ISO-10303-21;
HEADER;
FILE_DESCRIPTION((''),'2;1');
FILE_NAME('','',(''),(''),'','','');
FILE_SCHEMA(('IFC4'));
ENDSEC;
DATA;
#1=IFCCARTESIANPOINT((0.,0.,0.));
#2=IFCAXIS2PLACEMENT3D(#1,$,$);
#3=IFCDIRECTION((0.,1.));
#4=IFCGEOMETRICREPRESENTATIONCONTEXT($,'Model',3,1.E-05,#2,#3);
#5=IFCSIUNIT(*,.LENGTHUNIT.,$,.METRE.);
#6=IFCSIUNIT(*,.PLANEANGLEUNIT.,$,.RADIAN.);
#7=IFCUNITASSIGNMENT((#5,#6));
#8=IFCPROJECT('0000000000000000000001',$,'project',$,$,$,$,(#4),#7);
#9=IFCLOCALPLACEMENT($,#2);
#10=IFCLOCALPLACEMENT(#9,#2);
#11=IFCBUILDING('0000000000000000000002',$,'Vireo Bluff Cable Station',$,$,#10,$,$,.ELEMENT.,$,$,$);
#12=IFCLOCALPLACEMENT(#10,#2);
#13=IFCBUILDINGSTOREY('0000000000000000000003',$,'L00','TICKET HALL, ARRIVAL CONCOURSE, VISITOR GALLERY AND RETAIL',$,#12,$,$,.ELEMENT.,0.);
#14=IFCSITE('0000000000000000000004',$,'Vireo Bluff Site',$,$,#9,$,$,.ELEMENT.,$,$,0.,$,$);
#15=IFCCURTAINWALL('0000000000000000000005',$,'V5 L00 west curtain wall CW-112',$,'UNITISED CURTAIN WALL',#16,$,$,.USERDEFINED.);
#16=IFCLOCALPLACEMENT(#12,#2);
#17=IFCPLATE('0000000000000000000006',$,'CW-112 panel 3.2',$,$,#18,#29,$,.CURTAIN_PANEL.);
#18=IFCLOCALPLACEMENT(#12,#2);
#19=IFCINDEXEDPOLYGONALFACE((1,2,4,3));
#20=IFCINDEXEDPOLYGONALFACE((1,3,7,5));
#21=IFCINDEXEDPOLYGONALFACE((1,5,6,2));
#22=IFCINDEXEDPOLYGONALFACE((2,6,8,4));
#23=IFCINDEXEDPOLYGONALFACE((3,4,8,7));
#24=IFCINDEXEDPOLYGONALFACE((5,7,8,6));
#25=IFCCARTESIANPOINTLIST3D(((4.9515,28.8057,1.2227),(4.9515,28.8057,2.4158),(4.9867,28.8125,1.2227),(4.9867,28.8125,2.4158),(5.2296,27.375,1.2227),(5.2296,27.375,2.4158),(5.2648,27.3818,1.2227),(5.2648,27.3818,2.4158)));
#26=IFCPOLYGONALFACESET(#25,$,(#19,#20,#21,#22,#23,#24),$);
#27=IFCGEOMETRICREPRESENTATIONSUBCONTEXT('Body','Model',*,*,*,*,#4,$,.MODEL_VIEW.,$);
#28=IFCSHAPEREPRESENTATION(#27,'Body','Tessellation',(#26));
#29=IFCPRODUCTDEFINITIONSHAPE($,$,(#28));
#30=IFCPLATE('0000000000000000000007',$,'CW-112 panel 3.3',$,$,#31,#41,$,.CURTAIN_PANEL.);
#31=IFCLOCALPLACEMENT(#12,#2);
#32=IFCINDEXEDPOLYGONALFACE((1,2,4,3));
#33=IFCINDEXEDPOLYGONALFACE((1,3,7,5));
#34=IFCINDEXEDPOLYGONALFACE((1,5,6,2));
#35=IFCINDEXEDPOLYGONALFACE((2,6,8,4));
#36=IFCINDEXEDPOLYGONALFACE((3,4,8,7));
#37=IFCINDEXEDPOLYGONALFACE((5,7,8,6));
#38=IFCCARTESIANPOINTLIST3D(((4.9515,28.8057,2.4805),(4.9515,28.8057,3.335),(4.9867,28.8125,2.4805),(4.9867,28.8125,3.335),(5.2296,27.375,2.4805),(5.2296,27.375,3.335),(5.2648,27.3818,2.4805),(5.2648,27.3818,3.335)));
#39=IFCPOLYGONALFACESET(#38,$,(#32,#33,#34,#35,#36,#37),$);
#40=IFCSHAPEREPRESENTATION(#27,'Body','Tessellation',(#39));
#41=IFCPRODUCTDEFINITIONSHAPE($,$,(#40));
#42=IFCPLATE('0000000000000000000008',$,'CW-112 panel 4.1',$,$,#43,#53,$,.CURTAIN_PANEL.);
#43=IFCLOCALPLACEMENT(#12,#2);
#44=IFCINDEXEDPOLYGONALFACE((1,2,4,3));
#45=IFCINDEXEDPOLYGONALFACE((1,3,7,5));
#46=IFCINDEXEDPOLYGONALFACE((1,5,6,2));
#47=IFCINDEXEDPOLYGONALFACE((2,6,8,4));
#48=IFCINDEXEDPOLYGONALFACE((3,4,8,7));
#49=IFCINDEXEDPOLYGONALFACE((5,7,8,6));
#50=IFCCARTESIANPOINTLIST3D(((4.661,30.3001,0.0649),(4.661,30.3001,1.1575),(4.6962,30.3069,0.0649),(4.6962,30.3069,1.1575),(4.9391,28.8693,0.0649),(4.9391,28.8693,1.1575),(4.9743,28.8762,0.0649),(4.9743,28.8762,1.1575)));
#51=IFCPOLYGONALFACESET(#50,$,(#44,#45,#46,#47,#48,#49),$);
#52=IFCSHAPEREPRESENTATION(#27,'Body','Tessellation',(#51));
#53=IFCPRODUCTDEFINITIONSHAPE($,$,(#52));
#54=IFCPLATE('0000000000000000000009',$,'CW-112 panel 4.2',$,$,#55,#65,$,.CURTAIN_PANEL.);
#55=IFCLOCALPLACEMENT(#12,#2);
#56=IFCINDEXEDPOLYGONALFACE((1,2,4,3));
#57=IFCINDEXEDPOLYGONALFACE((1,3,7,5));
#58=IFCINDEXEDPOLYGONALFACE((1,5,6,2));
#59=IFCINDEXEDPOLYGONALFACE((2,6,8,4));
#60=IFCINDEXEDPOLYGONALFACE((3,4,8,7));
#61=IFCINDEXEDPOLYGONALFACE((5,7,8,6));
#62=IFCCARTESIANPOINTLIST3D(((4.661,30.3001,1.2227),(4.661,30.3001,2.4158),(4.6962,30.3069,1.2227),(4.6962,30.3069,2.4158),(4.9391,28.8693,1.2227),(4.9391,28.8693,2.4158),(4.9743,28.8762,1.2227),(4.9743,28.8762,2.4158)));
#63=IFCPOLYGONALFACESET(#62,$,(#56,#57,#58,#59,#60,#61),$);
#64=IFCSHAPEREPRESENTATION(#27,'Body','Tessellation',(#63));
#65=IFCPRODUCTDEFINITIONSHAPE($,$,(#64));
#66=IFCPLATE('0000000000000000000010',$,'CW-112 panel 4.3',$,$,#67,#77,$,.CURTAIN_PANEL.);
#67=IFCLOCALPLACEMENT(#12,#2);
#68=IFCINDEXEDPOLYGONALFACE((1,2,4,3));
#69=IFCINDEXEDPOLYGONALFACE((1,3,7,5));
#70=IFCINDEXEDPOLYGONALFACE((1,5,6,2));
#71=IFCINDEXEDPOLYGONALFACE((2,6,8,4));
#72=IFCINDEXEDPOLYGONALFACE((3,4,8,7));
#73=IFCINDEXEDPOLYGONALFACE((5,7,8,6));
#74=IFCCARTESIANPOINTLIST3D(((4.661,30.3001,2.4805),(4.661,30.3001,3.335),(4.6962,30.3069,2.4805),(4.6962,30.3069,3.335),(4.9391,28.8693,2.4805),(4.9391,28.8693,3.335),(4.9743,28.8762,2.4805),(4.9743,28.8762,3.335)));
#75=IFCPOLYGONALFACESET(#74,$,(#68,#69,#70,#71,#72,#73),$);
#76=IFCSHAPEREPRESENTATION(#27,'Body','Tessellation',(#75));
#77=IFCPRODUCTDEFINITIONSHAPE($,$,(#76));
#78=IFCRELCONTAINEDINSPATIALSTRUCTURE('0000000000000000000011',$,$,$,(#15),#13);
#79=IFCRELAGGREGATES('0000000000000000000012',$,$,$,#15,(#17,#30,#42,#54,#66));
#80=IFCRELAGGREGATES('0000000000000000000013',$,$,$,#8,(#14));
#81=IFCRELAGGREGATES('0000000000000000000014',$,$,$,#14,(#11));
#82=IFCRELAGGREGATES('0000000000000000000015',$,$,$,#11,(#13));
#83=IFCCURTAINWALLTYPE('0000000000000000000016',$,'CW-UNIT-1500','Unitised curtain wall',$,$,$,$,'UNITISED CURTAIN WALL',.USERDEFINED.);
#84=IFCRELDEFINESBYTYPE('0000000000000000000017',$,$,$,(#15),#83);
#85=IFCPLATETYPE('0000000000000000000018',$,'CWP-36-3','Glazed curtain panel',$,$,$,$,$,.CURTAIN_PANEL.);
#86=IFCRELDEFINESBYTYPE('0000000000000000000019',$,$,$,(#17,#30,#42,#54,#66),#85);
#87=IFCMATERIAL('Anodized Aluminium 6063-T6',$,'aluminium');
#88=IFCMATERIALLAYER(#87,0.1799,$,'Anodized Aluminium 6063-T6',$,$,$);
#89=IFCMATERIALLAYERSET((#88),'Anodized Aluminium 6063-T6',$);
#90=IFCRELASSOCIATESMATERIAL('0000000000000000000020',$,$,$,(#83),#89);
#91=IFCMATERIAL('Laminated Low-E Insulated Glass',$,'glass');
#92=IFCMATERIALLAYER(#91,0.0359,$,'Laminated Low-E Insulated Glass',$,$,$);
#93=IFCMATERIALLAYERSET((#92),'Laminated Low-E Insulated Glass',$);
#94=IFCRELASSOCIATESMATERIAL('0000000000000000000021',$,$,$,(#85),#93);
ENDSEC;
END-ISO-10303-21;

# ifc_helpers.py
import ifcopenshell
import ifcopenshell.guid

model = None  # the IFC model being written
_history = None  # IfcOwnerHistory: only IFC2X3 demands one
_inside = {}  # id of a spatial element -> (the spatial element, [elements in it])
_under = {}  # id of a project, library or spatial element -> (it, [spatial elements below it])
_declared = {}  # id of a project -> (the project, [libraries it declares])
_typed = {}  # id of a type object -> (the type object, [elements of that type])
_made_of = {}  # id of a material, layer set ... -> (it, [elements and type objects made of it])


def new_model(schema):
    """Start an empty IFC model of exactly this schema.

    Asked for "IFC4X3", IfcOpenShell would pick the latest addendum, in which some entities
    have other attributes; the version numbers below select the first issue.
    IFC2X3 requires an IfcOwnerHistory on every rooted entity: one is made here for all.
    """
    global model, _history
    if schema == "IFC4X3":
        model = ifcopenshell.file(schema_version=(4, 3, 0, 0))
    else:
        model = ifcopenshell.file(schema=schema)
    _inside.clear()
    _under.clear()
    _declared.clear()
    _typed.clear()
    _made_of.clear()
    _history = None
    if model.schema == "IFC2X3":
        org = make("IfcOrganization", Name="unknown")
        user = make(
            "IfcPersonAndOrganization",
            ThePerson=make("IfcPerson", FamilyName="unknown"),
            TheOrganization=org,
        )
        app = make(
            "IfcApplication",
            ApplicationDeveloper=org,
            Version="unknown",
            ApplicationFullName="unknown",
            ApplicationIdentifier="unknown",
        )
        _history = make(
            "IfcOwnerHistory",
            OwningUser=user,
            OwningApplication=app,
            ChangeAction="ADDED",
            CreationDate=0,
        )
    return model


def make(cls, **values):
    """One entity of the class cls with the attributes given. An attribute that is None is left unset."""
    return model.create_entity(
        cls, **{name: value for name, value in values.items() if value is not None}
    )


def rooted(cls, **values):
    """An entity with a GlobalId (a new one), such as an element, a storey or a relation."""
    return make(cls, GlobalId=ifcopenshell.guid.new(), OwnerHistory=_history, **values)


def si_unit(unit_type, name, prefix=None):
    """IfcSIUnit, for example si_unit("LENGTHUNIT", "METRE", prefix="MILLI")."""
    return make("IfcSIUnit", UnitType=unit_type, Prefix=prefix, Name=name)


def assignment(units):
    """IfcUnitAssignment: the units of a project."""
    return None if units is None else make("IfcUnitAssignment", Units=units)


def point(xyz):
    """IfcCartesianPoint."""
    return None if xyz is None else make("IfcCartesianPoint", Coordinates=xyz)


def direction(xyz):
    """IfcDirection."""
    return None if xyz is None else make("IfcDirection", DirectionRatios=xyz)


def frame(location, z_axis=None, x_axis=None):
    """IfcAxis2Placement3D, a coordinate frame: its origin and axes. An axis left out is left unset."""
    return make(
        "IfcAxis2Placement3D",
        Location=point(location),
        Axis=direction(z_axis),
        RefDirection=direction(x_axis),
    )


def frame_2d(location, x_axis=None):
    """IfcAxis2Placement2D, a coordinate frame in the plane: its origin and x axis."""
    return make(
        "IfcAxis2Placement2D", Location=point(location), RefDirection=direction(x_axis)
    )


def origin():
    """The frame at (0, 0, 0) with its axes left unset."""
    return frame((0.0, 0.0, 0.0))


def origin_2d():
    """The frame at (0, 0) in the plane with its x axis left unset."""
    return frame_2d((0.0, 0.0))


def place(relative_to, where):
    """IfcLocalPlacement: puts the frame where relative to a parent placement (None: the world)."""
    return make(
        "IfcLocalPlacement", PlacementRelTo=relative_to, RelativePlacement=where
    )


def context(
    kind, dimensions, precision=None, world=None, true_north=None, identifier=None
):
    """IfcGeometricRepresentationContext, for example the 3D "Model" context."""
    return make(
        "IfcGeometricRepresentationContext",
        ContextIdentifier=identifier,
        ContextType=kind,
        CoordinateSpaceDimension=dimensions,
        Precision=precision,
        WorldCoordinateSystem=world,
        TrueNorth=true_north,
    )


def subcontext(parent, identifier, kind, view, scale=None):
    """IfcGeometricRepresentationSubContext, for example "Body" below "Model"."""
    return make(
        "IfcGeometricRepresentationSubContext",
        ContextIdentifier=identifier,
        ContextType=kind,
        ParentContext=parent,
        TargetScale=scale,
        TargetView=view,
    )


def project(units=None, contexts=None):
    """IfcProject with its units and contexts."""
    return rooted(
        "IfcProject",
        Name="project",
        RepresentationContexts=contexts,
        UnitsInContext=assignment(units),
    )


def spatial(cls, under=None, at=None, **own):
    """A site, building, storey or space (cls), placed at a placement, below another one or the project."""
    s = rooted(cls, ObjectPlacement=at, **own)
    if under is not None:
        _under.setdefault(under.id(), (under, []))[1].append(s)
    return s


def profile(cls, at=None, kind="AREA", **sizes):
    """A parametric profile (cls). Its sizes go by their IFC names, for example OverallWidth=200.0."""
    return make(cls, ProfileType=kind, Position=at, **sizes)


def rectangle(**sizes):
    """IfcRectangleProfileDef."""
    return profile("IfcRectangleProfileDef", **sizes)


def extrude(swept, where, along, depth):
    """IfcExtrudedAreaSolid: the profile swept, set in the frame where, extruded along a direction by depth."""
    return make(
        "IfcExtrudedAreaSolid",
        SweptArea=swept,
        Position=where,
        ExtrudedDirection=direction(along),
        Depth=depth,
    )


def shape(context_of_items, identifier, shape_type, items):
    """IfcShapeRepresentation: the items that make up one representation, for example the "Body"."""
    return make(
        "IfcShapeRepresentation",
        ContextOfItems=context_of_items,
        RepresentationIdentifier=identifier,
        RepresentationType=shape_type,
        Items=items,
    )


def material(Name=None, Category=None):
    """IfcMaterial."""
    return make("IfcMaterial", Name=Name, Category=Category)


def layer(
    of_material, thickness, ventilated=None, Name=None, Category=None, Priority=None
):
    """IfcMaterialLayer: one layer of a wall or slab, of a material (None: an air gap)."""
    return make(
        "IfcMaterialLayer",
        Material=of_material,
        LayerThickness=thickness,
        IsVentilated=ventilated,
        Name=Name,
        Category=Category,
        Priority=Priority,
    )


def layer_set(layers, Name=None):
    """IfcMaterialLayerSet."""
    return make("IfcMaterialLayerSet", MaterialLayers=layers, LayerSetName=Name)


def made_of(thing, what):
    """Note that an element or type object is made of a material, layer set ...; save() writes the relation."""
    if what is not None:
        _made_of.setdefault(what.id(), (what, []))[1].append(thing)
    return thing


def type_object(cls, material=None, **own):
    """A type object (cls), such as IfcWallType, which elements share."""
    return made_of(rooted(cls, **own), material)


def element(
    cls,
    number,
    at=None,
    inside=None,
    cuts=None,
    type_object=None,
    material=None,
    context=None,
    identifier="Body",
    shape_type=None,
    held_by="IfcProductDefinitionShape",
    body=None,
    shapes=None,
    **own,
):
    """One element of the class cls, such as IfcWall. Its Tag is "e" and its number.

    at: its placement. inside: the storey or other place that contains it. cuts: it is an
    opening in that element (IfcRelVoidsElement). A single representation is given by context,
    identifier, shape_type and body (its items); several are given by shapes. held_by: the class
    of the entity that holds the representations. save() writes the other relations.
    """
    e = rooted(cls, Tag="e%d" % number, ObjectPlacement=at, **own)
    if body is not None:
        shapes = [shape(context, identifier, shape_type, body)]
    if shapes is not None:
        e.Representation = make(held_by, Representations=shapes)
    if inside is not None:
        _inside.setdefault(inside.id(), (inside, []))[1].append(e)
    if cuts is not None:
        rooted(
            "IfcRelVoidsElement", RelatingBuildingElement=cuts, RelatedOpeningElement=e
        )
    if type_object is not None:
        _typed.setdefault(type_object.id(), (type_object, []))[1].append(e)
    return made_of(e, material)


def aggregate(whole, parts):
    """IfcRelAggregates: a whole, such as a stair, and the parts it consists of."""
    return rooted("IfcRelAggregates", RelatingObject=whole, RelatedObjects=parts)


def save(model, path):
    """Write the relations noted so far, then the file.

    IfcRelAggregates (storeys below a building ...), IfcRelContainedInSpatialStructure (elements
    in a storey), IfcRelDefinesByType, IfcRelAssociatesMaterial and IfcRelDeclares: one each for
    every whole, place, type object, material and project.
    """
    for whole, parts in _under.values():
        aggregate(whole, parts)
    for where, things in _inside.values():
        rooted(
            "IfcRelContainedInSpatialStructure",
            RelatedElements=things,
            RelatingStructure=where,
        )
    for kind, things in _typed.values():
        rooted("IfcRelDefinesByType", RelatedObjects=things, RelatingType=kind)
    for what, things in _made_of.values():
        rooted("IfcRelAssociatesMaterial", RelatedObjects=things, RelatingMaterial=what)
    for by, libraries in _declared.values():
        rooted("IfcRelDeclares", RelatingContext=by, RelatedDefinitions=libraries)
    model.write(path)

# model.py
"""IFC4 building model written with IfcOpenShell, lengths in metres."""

from ifc_helpers import new_model, si_unit, direction, frame, origin, origin_2d, place, context, subcontext, project, spatial, rectangle, extrude, material, layer, layer_set, type_object, element, aggregate, save


model = new_model("IFC4")

# Units and contexts
model_context = context("Model", 3, precision=1e-05, world=origin(), true_north=direction((0.0, 1.0)))
body_context = subcontext(model_context, "Body", "Model", "MODEL_VIEW")
ifc_project = project(units=[si_unit("LENGTHUNIT", "METRE"), si_unit("PLANEANGLEUNIT", "RADIAN")], contexts=[model_context])

# Site, building, storey
site_placement = place(None, origin())
site = spatial("IfcSite", under=ifc_project, at=site_placement, Name="Vireo Bluff Site", CompositionType="ELEMENT", RefElevation=0.0)
building_placement = place(site_placement, origin())
building = spatial("IfcBuilding", under=site, at=building_placement, Name="Vireo Bluff Cable Station", CompositionType="ELEMENT")
storey_placement = place(building_placement, origin())
storey = spatial("IfcBuildingStorey", under=building, at=storey_placement, Name="L00", Description="TICKET HALL, ARRIVAL CONCOURSE, VISITOR GALLERY AND RETAIL", CompositionType="ELEMENT", Elevation=0.0)

# Curtain wall
ifc_material_1 = material(Name="Anodized Aluminium 6063-T6", Category="aluminium")
ifc_layer_1 = layer(ifc_material_1, 0.1799, Name="Anodized Aluminium 6063-T6")
ifc_layer_set_1 = layer_set([ifc_layer_1], Name="Anodized Aluminium 6063-T6")
curtain_wall_type = type_object("IfcCurtainWallType", Name="CW-UNIT-1500", Description="Unitised curtain wall", ElementType="UNITISED CURTAIN WALL", PredefinedType="USERDEFINED", material=ifc_layer_set_1)
curtain_wall_placement = place(storey_placement, origin())
curtain_wall = element("IfcCurtainWall", 1, at=curtain_wall_placement, inside=storey, type_object=curtain_wall_type, Name="V5 L00 west curtain wall CW-112", ObjectType="UNITISED CURTAIN WALL", PredefinedType="USERDEFINED")

# Plates
ifc_material_2 = material(Name="Laminated Low-E Insulated Glass", Category="glass")
ifc_layer_2 = layer(ifc_material_2, 0.0359, Name="Laminated Low-E Insulated Glass")
ifc_layer_set_2 = layer_set([ifc_layer_2], Name="Laminated Low-E Insulated Glass")
plate_type = type_object("IfcPlateType", Name="CWP-36-3", Description="Glazed curtain panel", PredefinedType="CURTAIN_PANEL", material=ifc_layer_set_2)
plate_1_placement = place(storey_placement, frame((5.1082, 28.0938, 1.2227), z_axis=(0.0, 0.0, 1.0), x_axis=(-0.190809, 0.981627, 0.0)))
plate_1 = element("IfcPlate", 2, at=plate_1_placement, type_object=plate_type, Name="CW-112 panel 3.2", PredefinedType="CURTAIN_PANEL", context=body_context, shape_type="SweptSolid", body=[
    extrude(rectangle(XDim=1.4575, YDim=0.0359, at=origin_2d()), origin(), (0.0, 0.0, 1.0), 1.1931),
])
plate_2_placement = place(storey_placement, frame((5.1082, 28.0938, 2.4805), z_axis=(0.0, 0.0, 1.0), x_axis=(-0.190809, 0.981627, 0.0)))
plate_2 = element("IfcPlate", 3, at=plate_2_placement, type_object=plate_type, Name="CW-112 panel 3.3", PredefinedType="CURTAIN_PANEL", context=body_context, shape_type="SweptSolid", body=[
    extrude(rectangle(XDim=1.4575, YDim=0.0359, at=origin_2d()), origin(), (0.0, 0.0, 1.0), 0.8545),
])
plate_3_placement = place(storey_placement, frame((4.8176, 29.5881, 0.0649), z_axis=(0.0, 0.0, 1.0), x_axis=(-0.190809, 0.981627, 0.0)))
plate_3 = element("IfcPlate", 4, at=plate_3_placement, type_object=plate_type, Name="CW-112 panel 4.1", PredefinedType="CURTAIN_PANEL", context=body_context, shape_type="SweptSolid", body=[
    extrude(rectangle(XDim=1.4575, YDim=0.0359, at=origin_2d()), origin(), (0.0, 0.0, 1.0), 1.0925),
])
plate_4_placement = place(storey_placement, frame((4.8176, 29.5881, 1.2227), z_axis=(0.0, 0.0, 1.0), x_axis=(-0.190809, 0.981627, 0.0)))
plate_4 = element("IfcPlate", 5, at=plate_4_placement, type_object=plate_type, Name="CW-112 panel 4.2", PredefinedType="CURTAIN_PANEL", context=body_context, shape_type="SweptSolid", body=[
    extrude(rectangle(XDim=1.4575, YDim=0.0359, at=origin_2d()), origin(), (0.0, 0.0, 1.0), 1.1931),
])
plate_5_placement = place(storey_placement, frame((4.8176, 29.5881, 2.4805), z_axis=(0.0, 0.0, 1.0), x_axis=(-0.190809, 0.981627, 0.0)))
plate_5 = element("IfcPlate", 6, at=plate_5_placement, type_object=plate_type, Name="CW-112 panel 4.3", PredefinedType="CURTAIN_PANEL", context=body_context, shape_type="SweptSolid", body=[
    extrude(rectangle(XDim=1.4575, YDim=0.0359, at=origin_2d()), origin(), (0.0, 0.0, 1.0), 0.8545),
])
aggregate(curtain_wall, [plate_1, plate_2, plate_3, plate_4, plate_5])

save(model, "model.ifc")
